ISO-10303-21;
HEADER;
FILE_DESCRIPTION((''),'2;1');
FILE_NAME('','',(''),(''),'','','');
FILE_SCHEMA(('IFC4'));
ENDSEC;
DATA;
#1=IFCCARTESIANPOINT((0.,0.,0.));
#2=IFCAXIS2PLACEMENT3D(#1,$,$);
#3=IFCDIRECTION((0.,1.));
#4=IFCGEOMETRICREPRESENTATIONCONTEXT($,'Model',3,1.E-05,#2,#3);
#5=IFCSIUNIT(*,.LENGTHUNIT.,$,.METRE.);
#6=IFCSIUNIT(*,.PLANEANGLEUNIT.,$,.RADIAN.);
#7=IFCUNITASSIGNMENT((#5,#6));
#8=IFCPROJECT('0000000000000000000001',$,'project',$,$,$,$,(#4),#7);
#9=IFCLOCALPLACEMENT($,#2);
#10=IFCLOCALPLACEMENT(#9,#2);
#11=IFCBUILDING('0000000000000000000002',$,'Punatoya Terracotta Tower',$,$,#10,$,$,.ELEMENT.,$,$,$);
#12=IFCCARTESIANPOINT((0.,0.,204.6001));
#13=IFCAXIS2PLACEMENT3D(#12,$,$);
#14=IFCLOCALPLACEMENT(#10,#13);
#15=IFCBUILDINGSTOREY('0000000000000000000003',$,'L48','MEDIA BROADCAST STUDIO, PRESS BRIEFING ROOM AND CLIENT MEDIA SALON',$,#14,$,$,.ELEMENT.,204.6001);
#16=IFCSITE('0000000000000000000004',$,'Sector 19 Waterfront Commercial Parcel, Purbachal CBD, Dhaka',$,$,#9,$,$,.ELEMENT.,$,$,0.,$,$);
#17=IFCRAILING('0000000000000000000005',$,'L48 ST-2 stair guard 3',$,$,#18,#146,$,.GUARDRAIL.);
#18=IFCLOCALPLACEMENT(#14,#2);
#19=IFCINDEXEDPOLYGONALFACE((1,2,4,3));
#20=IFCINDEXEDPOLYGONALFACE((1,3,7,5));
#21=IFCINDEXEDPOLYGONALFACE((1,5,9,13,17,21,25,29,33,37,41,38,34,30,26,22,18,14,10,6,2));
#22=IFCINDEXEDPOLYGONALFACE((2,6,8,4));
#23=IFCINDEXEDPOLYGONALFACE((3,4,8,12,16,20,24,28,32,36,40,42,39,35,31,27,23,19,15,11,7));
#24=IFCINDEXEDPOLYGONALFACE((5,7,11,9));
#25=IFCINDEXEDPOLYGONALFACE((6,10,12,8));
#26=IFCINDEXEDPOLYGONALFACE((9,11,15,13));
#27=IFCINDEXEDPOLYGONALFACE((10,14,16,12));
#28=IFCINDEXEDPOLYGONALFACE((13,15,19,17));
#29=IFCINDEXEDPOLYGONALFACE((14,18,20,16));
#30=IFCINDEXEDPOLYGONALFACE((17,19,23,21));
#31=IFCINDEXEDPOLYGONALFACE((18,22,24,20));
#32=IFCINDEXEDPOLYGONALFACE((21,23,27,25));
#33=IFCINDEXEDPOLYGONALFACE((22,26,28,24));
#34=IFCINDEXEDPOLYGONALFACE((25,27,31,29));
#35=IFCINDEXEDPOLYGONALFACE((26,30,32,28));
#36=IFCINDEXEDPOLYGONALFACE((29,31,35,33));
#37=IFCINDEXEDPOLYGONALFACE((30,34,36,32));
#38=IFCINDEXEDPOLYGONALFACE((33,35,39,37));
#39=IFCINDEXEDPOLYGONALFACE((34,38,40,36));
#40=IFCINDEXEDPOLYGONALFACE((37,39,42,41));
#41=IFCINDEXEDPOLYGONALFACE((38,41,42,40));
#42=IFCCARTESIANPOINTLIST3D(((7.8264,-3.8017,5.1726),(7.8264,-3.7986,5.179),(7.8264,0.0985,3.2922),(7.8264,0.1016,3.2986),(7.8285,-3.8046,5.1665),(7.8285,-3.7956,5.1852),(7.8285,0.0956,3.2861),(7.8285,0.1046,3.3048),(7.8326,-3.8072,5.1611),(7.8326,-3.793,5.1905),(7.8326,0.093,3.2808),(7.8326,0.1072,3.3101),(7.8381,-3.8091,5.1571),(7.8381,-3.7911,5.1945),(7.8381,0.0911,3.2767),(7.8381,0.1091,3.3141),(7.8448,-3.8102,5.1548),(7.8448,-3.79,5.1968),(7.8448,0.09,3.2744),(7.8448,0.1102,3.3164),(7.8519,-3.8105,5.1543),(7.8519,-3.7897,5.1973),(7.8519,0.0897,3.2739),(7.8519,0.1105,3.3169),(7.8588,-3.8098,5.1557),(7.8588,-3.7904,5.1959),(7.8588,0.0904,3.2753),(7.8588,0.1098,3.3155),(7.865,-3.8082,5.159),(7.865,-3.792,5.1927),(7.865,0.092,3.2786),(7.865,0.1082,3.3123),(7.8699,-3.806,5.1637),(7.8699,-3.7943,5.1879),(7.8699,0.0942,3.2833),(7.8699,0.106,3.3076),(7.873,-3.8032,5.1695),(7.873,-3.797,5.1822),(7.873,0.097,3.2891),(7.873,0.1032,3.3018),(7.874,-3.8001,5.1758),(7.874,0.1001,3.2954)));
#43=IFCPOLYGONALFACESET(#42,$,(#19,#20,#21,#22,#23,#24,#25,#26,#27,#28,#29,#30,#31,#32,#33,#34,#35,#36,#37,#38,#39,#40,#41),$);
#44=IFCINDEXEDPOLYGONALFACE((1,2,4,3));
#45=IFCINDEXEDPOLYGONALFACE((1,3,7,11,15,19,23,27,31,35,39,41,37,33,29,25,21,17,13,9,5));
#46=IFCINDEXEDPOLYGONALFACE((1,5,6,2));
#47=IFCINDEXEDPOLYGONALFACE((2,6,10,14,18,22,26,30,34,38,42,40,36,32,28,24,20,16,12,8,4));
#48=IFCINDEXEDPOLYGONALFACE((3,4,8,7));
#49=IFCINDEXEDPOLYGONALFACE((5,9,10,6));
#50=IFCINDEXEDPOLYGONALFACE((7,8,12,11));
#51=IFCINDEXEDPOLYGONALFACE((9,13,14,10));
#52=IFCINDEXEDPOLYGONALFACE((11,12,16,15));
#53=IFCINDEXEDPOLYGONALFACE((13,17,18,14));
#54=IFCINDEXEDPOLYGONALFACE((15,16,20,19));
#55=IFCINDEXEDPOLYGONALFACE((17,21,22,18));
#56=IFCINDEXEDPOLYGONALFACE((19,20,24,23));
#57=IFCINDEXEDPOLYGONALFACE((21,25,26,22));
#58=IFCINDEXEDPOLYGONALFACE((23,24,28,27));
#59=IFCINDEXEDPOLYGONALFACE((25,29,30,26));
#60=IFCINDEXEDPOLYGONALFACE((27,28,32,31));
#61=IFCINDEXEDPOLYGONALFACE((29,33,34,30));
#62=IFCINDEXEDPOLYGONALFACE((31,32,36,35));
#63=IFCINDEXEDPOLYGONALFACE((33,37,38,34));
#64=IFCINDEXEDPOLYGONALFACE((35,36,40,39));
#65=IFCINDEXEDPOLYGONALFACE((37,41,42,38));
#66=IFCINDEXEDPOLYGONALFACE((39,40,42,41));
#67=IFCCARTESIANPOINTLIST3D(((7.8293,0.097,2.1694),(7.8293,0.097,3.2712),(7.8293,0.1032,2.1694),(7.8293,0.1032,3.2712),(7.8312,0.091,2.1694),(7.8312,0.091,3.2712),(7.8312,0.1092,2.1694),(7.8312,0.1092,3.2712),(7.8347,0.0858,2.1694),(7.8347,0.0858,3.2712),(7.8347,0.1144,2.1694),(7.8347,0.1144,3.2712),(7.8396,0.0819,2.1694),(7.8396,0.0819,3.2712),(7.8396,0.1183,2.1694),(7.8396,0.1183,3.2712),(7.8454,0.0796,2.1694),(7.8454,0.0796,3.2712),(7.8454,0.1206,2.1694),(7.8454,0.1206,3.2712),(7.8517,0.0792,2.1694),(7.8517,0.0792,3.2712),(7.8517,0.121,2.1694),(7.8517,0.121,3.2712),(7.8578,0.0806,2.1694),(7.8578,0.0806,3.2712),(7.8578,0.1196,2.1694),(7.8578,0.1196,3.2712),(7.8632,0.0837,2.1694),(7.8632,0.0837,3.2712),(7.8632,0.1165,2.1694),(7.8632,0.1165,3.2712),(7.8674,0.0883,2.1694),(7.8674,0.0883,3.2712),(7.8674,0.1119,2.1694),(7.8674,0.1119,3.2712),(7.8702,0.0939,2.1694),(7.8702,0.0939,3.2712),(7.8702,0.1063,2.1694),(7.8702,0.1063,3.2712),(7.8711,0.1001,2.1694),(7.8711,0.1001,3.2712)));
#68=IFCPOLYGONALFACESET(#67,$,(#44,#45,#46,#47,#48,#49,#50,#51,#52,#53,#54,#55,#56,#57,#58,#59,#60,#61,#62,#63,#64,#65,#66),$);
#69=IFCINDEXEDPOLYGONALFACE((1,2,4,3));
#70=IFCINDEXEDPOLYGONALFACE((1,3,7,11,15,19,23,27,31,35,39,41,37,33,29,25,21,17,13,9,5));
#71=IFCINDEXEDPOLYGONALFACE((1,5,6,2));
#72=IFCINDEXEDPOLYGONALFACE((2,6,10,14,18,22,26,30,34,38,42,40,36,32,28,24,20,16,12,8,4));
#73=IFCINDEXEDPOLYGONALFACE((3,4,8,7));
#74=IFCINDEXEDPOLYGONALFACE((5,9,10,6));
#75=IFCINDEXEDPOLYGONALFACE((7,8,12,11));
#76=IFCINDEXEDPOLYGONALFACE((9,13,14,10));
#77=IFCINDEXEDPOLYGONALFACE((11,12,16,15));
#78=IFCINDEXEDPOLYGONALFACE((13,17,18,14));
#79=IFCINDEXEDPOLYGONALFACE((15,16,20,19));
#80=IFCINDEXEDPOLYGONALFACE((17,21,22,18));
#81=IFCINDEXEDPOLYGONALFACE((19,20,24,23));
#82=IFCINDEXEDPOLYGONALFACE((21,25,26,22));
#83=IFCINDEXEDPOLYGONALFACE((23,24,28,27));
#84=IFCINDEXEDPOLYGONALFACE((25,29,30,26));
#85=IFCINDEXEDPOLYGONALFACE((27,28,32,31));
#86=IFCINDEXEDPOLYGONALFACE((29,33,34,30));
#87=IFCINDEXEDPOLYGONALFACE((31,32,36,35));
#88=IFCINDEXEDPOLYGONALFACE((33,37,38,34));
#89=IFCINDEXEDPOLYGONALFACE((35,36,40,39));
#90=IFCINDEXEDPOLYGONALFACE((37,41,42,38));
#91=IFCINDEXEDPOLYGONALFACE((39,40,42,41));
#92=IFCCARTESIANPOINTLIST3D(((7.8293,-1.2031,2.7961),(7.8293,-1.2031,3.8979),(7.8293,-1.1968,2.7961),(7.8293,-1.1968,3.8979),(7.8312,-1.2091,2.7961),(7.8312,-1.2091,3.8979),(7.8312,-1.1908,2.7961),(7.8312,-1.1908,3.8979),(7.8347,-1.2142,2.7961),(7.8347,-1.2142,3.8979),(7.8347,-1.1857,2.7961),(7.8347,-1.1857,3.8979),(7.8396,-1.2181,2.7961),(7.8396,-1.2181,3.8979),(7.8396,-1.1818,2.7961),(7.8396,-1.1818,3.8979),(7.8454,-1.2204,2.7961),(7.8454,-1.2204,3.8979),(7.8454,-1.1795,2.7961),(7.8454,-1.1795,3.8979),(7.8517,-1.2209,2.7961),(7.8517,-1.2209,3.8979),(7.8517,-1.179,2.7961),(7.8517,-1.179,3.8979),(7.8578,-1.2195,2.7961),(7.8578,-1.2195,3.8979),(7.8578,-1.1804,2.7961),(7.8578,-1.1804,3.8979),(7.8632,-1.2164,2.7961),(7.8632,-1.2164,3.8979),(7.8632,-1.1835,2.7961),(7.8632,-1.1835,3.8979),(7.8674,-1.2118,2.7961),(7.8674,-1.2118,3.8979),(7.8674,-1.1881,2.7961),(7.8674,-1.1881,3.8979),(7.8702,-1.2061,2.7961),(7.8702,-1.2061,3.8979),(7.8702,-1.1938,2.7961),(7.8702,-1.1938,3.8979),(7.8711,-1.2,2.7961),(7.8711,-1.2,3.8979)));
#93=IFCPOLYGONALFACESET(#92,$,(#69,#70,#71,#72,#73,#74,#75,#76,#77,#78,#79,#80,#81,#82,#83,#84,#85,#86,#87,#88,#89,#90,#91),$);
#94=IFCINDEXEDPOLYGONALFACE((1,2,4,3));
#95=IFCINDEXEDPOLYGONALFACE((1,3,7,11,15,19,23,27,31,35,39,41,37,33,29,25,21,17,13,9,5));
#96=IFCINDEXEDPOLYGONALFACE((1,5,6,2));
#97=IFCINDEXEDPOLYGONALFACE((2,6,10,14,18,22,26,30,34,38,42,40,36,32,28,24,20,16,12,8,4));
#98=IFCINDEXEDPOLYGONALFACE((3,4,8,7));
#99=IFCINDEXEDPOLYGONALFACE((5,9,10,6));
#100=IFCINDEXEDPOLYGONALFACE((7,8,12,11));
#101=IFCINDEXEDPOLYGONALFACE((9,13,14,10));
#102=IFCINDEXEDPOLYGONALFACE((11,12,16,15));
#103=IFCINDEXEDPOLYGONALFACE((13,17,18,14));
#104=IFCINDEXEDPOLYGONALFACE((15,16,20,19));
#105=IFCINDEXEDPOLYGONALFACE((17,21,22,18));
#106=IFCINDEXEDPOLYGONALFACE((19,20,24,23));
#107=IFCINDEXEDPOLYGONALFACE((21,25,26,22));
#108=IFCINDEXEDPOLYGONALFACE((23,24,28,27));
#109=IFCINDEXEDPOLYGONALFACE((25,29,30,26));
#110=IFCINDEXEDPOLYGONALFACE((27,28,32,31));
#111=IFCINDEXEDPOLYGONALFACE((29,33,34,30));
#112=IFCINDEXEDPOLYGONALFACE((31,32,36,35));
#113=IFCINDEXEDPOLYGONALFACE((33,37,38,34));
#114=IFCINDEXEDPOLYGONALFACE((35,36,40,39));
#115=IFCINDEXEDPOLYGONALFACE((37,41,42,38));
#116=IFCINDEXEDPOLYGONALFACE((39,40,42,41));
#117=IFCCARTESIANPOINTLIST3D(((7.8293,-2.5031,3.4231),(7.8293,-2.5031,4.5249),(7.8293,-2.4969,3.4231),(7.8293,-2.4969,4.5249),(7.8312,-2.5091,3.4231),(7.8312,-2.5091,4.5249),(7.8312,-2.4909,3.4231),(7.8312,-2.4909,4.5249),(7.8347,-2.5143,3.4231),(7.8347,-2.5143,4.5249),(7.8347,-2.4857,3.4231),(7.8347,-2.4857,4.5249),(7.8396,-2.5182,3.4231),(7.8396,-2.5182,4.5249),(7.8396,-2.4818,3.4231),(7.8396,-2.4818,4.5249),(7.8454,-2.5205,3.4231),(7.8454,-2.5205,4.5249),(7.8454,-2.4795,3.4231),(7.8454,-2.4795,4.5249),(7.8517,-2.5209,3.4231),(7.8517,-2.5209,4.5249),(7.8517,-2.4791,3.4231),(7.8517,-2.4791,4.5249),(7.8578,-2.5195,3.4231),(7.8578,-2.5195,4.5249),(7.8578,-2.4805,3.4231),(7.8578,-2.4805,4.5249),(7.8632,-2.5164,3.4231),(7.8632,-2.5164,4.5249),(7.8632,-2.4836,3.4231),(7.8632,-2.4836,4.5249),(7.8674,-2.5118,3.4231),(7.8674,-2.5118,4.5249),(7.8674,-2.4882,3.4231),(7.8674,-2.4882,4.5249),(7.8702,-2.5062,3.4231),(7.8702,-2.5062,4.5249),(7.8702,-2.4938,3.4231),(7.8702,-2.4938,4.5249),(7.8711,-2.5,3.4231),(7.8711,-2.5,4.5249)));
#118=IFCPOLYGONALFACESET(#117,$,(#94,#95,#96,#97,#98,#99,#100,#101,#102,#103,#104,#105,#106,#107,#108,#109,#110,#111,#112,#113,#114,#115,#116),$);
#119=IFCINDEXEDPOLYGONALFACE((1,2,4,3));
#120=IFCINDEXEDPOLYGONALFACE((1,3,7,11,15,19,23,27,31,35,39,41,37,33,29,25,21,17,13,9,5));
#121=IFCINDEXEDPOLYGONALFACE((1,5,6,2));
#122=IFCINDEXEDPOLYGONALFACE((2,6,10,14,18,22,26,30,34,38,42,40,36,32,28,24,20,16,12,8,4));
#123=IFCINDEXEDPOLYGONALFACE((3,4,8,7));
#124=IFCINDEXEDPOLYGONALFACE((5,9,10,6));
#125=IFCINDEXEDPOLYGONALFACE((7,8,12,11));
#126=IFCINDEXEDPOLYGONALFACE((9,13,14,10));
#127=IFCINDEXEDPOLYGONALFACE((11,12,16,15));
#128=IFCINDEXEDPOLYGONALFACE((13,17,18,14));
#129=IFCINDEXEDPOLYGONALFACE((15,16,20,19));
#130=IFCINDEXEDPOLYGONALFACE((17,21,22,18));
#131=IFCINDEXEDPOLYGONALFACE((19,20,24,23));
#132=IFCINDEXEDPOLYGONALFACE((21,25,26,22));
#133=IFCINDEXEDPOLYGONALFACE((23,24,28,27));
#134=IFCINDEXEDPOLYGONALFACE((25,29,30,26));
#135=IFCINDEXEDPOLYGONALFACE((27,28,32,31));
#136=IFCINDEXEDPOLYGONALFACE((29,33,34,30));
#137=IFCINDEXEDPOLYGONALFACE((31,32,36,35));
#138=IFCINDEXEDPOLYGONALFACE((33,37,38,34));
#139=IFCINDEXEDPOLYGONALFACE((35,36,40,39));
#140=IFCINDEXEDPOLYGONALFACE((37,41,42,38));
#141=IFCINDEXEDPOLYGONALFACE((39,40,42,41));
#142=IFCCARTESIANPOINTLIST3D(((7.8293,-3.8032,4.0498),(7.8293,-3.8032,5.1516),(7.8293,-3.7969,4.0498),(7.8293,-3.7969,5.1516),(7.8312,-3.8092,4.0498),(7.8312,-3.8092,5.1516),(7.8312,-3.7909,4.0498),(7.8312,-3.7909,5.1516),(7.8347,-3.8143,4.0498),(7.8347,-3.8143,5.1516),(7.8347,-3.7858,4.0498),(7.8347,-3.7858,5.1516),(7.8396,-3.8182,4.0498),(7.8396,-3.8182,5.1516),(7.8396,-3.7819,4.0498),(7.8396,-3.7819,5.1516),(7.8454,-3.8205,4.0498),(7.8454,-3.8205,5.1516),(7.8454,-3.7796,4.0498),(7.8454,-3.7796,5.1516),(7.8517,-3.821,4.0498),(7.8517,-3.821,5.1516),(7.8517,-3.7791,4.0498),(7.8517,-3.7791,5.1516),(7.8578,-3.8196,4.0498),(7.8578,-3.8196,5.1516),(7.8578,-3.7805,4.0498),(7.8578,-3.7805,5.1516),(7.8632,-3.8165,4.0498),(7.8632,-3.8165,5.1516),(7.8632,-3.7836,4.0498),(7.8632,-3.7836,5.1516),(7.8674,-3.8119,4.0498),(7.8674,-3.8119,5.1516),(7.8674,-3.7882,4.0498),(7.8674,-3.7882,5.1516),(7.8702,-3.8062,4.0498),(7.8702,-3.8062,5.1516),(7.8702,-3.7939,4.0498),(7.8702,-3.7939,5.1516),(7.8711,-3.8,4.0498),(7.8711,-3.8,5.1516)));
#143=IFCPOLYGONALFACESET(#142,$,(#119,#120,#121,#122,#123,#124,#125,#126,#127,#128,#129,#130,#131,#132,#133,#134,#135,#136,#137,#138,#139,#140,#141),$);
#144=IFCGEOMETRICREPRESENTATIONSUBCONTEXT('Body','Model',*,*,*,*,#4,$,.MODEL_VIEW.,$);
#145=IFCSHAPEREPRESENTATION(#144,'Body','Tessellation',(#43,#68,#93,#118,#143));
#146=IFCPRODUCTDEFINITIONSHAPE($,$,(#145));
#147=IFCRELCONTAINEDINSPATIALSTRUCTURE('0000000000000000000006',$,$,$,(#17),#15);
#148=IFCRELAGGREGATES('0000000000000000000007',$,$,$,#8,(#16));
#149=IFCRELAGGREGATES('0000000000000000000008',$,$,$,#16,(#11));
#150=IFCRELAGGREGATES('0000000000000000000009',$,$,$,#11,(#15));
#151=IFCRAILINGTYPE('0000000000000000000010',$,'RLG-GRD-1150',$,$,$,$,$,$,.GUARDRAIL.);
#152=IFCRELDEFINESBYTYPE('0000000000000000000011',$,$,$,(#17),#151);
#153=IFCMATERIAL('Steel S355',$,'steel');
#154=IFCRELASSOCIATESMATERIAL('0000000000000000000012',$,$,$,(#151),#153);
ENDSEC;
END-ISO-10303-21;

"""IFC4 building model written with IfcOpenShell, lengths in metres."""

from ifc_helpers import new_model, si_unit, direction, frame, origin, origin_2d, place, context, subcontext, project, spatial, circle, extrude, material, type_object, element, save


model = new_model("IFC4")

# Units and contexts
model_context = context("Model", 3, precision=1e-05, world=origin(), true_north=direction((0.0, 1.0)))
body_context = subcontext(model_context, "Body", "Model", "MODEL_VIEW")
ifc_project = project(units=[si_unit("LENGTHUNIT", "METRE"), si_unit("PLANEANGLEUNIT", "RADIAN")], contexts=[model_context])

# Site, building, storey
site_placement = place(None, origin())
site = spatial("IfcSite", under=ifc_project, at=site_placement, Name="Sector 19 Waterfront Commercial Parcel, Purbachal CBD, Dhaka", CompositionType="ELEMENT", RefElevation=0.0)
building_placement = place(site_placement, origin())
building = spatial("IfcBuilding", under=site, at=building_placement, Name="Punatoya Terracotta Tower", CompositionType="ELEMENT")
storey_placement = place(building_placement, frame((0.0, 0.0, 204.6001)))
storey = spatial("IfcBuildingStorey", under=building, at=storey_placement, Name="L48", Description="MEDIA BROADCAST STUDIO, PRESS BRIEFING ROOM AND CLIENT MEDIA SALON", CompositionType="ELEMENT", Elevation=204.6001)

# Shared definitions
ifc_material_1 = material(Name="Steel S355", Category="steel")

# Railing
railing_type_1 = type_object("IfcRailingType", Name="RLG-GRD-1150", PredefinedType="GUARDRAIL", material=ifc_material_1)
railing_1_placement = place(storey_placement, frame((7.8501, 0.1001, 2.1694)))
element("IfcRailing", 1, at=railing_1_placement, inside=storey, type_object=railing_type_1, Name="L48 ST-2 stair guard 3", PredefinedType="GUARDRAIL", context=body_context, shape_type="SweptSolid", body=[
    extrude(circle(Radius=0.0239, at=origin_2d()), frame((0.0, 0.0, 1.126), z_axis=(0.0, -0.900774, 0.434289), x_axis=(1.0, 0.0, 0.0)), (0.0, 0.0, 1.0), 4.3298),
    extrude(circle(Radius=0.021, at=origin_2d()), origin(), (0.0, 0.0, 1.0), 1.1018),
    extrude(circle(Radius=0.021, at=origin_2d()), frame((0.0, -1.3, 0.6267)), (0.0, 0.0, 1.0), 1.1018),
    extrude(circle(Radius=0.021, at=origin_2d()), frame((0.0, -2.6001, 1.2537)), (0.0, 0.0, 1.0), 1.1018),
    extrude(circle(Radius=0.021, at=origin_2d()), frame((0.0, -3.9001, 1.8804)), (0.0, 0.0, 1.0), 1.1018),
])

save(model, "model.ifc")
